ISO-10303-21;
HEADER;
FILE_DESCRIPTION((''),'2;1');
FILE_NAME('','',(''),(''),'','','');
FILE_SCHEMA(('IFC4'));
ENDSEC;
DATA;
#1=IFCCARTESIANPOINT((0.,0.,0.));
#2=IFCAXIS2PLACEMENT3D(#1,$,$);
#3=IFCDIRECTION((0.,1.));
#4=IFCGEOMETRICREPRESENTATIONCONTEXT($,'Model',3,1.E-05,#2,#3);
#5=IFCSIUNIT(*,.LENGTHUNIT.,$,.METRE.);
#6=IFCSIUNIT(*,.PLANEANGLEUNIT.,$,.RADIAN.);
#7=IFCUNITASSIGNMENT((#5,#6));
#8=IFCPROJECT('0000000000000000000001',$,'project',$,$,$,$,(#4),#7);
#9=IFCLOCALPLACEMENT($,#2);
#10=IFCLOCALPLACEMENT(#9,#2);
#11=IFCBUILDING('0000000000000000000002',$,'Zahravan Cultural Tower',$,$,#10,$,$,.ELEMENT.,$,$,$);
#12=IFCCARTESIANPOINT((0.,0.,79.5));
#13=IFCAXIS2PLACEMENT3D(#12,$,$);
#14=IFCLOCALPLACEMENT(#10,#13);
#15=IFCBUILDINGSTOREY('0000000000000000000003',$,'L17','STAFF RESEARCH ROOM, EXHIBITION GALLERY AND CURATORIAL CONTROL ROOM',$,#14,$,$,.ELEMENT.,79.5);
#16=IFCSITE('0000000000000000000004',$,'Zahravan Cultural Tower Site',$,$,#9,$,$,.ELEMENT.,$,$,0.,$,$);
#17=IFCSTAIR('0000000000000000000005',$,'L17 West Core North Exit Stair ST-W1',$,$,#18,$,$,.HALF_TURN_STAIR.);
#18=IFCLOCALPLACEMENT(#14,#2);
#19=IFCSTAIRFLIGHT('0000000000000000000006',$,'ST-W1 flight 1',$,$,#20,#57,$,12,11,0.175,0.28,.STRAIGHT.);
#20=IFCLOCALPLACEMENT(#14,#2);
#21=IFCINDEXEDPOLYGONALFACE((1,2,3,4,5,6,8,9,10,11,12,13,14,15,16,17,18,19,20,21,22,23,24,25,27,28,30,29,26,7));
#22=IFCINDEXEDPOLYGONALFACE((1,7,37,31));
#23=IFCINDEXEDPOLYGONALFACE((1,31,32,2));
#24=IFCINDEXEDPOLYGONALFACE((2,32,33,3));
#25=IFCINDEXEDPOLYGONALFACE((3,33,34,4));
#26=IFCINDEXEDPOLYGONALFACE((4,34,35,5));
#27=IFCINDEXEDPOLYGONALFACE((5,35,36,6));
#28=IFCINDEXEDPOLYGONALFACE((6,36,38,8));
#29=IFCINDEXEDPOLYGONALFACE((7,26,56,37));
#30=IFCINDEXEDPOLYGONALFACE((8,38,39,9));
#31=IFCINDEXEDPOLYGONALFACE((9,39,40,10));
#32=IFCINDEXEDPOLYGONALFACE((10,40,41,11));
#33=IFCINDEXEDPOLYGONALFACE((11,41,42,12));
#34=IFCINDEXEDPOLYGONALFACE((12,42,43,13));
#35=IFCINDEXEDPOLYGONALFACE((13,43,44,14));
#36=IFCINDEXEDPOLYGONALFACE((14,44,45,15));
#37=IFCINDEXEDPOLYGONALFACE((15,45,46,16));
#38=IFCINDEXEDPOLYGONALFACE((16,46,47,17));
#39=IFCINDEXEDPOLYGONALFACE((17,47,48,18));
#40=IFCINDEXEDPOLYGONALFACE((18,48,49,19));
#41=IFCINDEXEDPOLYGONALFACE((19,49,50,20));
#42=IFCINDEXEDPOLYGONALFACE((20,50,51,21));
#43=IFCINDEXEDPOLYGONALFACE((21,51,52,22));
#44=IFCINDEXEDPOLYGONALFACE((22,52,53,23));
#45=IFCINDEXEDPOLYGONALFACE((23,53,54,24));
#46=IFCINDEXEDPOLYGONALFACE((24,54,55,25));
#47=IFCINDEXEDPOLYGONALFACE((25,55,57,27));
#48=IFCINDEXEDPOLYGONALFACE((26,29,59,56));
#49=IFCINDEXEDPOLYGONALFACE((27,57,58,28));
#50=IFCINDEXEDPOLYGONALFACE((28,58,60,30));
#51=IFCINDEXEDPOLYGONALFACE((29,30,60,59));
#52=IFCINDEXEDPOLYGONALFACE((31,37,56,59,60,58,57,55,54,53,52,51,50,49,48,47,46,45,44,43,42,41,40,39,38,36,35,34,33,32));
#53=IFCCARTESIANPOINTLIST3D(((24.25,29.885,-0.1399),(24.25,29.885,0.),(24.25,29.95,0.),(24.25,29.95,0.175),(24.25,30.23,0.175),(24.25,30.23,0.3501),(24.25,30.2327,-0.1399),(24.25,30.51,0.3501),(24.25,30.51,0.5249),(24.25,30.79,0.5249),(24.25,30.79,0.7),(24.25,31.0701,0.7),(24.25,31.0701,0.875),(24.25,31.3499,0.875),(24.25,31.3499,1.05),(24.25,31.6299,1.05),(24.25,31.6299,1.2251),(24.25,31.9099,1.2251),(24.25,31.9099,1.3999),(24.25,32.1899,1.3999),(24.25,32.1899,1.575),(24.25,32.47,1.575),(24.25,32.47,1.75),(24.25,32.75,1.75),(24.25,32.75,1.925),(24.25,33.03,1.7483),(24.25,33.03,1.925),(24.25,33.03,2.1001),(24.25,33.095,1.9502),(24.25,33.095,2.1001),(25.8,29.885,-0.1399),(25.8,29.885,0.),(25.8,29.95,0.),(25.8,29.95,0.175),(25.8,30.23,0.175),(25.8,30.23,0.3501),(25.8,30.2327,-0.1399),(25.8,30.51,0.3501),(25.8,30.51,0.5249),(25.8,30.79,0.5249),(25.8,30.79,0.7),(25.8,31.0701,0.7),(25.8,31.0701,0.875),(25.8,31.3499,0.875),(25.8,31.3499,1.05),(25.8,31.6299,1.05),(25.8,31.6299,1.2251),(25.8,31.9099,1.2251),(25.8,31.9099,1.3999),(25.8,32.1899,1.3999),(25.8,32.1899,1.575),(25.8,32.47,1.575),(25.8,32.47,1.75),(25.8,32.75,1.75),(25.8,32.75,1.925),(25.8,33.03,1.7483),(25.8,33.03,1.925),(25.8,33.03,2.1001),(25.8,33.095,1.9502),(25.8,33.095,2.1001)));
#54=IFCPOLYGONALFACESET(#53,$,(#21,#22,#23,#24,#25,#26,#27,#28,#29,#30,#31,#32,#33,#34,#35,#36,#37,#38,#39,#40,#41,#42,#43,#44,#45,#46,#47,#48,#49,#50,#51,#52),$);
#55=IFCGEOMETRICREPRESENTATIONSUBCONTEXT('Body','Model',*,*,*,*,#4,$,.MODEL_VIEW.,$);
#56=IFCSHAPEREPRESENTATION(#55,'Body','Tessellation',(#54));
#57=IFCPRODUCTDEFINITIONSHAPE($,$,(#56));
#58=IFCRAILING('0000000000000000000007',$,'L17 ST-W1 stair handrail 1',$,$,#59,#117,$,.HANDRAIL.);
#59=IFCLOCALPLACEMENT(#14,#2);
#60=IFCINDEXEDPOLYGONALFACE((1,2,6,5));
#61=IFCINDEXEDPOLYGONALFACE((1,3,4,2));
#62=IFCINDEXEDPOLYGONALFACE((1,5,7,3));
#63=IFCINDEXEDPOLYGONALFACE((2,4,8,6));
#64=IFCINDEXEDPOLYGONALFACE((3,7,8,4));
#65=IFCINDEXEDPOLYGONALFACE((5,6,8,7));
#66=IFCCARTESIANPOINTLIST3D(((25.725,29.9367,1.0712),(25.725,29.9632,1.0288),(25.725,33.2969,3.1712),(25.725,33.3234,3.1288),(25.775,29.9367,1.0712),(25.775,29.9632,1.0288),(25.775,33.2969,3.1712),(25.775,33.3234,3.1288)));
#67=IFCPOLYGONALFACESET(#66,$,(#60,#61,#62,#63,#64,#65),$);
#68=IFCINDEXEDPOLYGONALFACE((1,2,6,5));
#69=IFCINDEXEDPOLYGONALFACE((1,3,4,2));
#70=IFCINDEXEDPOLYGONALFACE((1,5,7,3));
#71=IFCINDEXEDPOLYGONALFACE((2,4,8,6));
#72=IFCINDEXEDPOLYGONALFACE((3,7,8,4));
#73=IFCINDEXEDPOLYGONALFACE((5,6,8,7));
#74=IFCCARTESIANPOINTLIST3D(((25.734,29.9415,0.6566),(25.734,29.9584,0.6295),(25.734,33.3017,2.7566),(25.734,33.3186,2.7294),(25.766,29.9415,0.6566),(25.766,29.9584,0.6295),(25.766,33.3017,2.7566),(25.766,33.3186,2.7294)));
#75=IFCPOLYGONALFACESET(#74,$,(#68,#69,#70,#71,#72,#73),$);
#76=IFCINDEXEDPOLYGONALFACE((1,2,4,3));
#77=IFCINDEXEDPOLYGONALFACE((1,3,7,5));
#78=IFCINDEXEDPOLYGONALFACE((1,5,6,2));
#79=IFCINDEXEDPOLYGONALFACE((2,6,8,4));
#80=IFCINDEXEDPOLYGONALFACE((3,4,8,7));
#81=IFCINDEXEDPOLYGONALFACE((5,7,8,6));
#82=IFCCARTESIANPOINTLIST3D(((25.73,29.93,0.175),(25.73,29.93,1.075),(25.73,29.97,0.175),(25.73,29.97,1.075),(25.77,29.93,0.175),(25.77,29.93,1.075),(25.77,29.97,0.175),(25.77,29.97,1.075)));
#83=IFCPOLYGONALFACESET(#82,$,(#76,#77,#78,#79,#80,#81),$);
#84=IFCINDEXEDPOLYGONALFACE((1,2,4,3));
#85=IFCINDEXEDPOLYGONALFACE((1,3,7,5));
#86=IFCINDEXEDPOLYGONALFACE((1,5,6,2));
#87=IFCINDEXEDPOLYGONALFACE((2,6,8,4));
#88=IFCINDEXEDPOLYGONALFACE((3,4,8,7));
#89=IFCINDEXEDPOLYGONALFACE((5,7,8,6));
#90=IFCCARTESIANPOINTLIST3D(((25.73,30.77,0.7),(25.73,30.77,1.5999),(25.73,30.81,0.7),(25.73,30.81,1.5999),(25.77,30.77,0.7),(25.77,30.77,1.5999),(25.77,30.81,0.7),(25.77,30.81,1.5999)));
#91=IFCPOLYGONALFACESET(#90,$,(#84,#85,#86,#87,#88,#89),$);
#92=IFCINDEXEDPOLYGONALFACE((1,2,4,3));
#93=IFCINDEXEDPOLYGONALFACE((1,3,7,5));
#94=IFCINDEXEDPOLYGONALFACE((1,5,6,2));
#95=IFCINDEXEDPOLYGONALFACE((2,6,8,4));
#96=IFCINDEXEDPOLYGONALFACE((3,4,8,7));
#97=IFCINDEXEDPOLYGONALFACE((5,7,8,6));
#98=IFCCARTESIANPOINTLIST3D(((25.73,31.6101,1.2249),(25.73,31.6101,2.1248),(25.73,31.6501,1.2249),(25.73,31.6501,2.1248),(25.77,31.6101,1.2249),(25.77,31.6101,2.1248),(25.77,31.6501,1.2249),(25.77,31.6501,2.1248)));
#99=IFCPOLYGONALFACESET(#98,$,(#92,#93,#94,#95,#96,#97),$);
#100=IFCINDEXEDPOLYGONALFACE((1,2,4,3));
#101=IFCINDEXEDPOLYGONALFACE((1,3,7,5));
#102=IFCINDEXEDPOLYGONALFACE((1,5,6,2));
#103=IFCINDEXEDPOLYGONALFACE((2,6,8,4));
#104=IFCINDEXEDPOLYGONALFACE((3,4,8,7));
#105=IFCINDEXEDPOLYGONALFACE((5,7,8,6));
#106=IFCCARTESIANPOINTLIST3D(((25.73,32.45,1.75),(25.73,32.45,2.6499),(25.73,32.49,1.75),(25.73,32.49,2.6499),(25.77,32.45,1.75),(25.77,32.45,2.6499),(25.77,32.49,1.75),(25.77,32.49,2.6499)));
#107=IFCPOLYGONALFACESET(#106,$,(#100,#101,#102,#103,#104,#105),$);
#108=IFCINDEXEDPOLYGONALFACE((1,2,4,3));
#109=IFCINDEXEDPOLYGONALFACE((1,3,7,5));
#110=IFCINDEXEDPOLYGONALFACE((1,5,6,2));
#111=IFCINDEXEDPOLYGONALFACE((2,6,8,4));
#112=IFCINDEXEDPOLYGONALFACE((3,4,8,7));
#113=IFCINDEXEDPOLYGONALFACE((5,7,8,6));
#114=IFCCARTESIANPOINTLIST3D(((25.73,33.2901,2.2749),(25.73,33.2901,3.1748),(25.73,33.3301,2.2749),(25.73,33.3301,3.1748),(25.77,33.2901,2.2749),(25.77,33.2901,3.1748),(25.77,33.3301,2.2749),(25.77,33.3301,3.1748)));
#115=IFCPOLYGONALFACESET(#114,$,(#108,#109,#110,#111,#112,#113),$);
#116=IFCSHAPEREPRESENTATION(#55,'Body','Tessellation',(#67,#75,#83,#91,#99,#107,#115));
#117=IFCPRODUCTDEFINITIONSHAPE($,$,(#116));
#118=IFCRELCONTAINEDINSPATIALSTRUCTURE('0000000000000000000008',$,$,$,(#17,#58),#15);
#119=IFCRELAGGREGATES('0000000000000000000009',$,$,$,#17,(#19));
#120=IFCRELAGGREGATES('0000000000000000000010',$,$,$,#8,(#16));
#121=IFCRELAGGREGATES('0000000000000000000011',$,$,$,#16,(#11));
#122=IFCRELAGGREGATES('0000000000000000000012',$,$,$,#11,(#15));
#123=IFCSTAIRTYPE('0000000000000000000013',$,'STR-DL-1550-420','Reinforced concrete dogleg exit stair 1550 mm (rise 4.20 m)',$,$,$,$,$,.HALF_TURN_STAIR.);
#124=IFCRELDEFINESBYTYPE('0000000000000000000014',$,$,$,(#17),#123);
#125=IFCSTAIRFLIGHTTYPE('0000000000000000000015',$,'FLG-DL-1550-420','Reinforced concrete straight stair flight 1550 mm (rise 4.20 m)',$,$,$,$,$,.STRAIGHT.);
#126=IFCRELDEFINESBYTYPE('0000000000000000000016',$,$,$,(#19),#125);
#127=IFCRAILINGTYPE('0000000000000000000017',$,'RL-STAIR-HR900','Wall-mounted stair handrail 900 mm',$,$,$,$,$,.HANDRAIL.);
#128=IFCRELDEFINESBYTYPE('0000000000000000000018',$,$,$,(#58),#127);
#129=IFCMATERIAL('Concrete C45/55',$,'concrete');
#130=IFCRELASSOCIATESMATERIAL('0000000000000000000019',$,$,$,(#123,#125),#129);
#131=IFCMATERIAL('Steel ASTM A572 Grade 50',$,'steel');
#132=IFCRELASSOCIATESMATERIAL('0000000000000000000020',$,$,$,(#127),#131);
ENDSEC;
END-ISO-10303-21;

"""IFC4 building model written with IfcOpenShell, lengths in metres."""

from ifc_helpers import new_model, si_unit, direction, frame, origin, origin_2d, place, context, subcontext, project, spatial, polyline, rectangle, outline, extrude, material, type_object, element, aggregate, save


model = new_model("IFC4")

# Units and contexts
model_context = context("Model", 3, precision=1e-05, world=origin(), true_north=direction((0.0, 1.0)))
body_context = subcontext(model_context, "Body", "Model", "MODEL_VIEW")
ifc_project = project(units=[si_unit("LENGTHUNIT", "METRE"), si_unit("PLANEANGLEUNIT", "RADIAN")], contexts=[model_context])

# Site, building, storey
site_placement = place(None, origin())
site = spatial("IfcSite", under=ifc_project, at=site_placement, Name="Zahravan Cultural Tower Site", CompositionType="ELEMENT", RefElevation=0.0)
building_placement = place(site_placement, origin())
building = spatial("IfcBuilding", under=site, at=building_placement, Name="Zahravan Cultural Tower", CompositionType="ELEMENT")
storey_placement = place(building_placement, frame((0.0, 0.0, 79.5)))
storey = spatial("IfcBuildingStorey", under=building, at=storey_placement, Name="L17", Description="STAFF RESEARCH ROOM, EXHIBITION GALLERY AND CURATORIAL CONTROL ROOM", CompositionType="ELEMENT", Elevation=79.5)

# Shared definitions
ifc_material_1 = material(Name="Steel ASTM A572 Grade 50", Category="steel")
ifc_material_2 = material(Name="Concrete C45/55", Category="concrete")

# Stair, stair flight
stair_type = type_object("IfcStairType", Name="STR-DL-1550-420", Description="Reinforced concrete dogleg exit stair 1550 mm (rise 4.20 m)", PredefinedType="HALF_TURN_STAIR", material=ifc_material_2)
stair_placement = place(storey_placement, origin())
stair = element("IfcStair", 1, at=stair_placement, inside=storey, type_object=stair_type, Name="L17 West Core North Exit Stair ST-W1", PredefinedType="HALF_TURN_STAIR")
stair_flight_type = type_object("IfcStairFlightType", Name="FLG-DL-1550-420", Description="Reinforced concrete straight stair flight 1550 mm (rise 4.20 m)", PredefinedType="STRAIGHT", material=ifc_material_2)
stair_flight_placement = place(storey_placement, frame((25.0249, 29.95, 0.0), z_axis=(0.0, 0.0, 1.0), x_axis=(0.0, 1.0, 0.0)))
stair_flight = element("IfcStairFlight", 2, at=stair_flight_placement, type_object=stair_flight_type, Name="ST-W1 flight 1", NumberOfRisers=12, NumberOfTreads=11, PredefinedType="STRAIGHT", RiserHeight=0.175, TreadLength=0.28, context=body_context, shape_type="SweptSolid", body=[
    extrude(outline(polyline([(-0.0649, -0.1399), (-0.0649, 0.0), (0.0, 0.0), (0.0, 0.175), (0.28, 0.175), (0.28, 0.3501), (0.5601, 0.3501), (0.5601, 0.5249), (0.8401, 0.5249), (0.8401, 0.7), (1.1201, 0.7), (1.1201, 0.875), (1.3999, 0.875), (1.3999, 1.05), (1.6799, 1.05), (1.6799, 1.2251), (1.96, 1.2251), (1.96, 1.3999), (2.24, 1.3999), (2.24, 1.575), (2.52, 1.575), (2.52, 1.75), (2.8, 1.75), (2.8, 1.925), (3.0801, 1.925), (3.0801, 2.1001), (3.145, 2.1001), (3.145, 1.9502), (3.0801, 1.7483), (0.2827, -0.1399), (-0.0649, -0.1399)])), frame((0.0, 0.7749, 0.0), z_axis=(0.0, -1.0, 0.0), x_axis=(1.0, 0.0, 0.0)), (0.0, 0.0, 1.0), 1.55),
])
aggregate(stair, [stair_flight])

# Railing
railing_type = type_object("IfcRailingType", Name="RL-STAIR-HR900", Description="Wall-mounted stair handrail 900 mm", PredefinedType="HANDRAIL", material=ifc_material_1)
railing_placement = place(storey_placement, frame((25.75, 29.95, 0.175)))
element("IfcRailing", 3, at=railing_placement, inside=storey, type_object=railing_type, Name="L17 ST-W1 stair handrail 1", PredefinedType="HANDRAIL", context=body_context, shape_type="SweptSolid", body=[
    extrude(rectangle(XDim=0.05, YDim=0.05, at=origin_2d()), frame((0.0, 0.0, 0.875), z_axis=(0.0, 0.848023, 0.52996), x_axis=(-1.0, 0.0, 0.0)), (0.0, 0.0, 1.0), 3.9624),
    extrude(rectangle(XDim=0.032, YDim=0.032, at=origin_2d()), frame((0.0, 0.0, 0.468), z_axis=(0.0, 0.848023, 0.52996), x_axis=(-1.0, 0.0, 0.0)), (0.0, 0.0, 1.0), 3.9624),
    extrude(rectangle(XDim=0.04, YDim=0.04, at=origin_2d()), origin(), (0.0, 0.0, 1.0), 0.8999),
    extrude(rectangle(XDim=0.04, YDim=0.04, at=origin_2d()), frame((0.0, 0.8401, 0.5249)), (0.0, 0.0, 1.0), 0.8999),
    extrude(rectangle(XDim=0.04, YDim=0.04, at=origin_2d()), frame((0.0, 1.6802, 1.0498)), (0.0, 0.0, 1.0), 0.8999),
    extrude(rectangle(XDim=0.04, YDim=0.04, at=origin_2d()), frame((0.0, 2.52, 1.575)), (0.0, 0.0, 1.0), 0.8999),
    extrude(rectangle(XDim=0.04, YDim=0.04, at=origin_2d()), frame((0.0, 3.3601, 2.0999)), (0.0, 0.0, 1.0), 0.8999),
])

save(model, "model.ifc")
